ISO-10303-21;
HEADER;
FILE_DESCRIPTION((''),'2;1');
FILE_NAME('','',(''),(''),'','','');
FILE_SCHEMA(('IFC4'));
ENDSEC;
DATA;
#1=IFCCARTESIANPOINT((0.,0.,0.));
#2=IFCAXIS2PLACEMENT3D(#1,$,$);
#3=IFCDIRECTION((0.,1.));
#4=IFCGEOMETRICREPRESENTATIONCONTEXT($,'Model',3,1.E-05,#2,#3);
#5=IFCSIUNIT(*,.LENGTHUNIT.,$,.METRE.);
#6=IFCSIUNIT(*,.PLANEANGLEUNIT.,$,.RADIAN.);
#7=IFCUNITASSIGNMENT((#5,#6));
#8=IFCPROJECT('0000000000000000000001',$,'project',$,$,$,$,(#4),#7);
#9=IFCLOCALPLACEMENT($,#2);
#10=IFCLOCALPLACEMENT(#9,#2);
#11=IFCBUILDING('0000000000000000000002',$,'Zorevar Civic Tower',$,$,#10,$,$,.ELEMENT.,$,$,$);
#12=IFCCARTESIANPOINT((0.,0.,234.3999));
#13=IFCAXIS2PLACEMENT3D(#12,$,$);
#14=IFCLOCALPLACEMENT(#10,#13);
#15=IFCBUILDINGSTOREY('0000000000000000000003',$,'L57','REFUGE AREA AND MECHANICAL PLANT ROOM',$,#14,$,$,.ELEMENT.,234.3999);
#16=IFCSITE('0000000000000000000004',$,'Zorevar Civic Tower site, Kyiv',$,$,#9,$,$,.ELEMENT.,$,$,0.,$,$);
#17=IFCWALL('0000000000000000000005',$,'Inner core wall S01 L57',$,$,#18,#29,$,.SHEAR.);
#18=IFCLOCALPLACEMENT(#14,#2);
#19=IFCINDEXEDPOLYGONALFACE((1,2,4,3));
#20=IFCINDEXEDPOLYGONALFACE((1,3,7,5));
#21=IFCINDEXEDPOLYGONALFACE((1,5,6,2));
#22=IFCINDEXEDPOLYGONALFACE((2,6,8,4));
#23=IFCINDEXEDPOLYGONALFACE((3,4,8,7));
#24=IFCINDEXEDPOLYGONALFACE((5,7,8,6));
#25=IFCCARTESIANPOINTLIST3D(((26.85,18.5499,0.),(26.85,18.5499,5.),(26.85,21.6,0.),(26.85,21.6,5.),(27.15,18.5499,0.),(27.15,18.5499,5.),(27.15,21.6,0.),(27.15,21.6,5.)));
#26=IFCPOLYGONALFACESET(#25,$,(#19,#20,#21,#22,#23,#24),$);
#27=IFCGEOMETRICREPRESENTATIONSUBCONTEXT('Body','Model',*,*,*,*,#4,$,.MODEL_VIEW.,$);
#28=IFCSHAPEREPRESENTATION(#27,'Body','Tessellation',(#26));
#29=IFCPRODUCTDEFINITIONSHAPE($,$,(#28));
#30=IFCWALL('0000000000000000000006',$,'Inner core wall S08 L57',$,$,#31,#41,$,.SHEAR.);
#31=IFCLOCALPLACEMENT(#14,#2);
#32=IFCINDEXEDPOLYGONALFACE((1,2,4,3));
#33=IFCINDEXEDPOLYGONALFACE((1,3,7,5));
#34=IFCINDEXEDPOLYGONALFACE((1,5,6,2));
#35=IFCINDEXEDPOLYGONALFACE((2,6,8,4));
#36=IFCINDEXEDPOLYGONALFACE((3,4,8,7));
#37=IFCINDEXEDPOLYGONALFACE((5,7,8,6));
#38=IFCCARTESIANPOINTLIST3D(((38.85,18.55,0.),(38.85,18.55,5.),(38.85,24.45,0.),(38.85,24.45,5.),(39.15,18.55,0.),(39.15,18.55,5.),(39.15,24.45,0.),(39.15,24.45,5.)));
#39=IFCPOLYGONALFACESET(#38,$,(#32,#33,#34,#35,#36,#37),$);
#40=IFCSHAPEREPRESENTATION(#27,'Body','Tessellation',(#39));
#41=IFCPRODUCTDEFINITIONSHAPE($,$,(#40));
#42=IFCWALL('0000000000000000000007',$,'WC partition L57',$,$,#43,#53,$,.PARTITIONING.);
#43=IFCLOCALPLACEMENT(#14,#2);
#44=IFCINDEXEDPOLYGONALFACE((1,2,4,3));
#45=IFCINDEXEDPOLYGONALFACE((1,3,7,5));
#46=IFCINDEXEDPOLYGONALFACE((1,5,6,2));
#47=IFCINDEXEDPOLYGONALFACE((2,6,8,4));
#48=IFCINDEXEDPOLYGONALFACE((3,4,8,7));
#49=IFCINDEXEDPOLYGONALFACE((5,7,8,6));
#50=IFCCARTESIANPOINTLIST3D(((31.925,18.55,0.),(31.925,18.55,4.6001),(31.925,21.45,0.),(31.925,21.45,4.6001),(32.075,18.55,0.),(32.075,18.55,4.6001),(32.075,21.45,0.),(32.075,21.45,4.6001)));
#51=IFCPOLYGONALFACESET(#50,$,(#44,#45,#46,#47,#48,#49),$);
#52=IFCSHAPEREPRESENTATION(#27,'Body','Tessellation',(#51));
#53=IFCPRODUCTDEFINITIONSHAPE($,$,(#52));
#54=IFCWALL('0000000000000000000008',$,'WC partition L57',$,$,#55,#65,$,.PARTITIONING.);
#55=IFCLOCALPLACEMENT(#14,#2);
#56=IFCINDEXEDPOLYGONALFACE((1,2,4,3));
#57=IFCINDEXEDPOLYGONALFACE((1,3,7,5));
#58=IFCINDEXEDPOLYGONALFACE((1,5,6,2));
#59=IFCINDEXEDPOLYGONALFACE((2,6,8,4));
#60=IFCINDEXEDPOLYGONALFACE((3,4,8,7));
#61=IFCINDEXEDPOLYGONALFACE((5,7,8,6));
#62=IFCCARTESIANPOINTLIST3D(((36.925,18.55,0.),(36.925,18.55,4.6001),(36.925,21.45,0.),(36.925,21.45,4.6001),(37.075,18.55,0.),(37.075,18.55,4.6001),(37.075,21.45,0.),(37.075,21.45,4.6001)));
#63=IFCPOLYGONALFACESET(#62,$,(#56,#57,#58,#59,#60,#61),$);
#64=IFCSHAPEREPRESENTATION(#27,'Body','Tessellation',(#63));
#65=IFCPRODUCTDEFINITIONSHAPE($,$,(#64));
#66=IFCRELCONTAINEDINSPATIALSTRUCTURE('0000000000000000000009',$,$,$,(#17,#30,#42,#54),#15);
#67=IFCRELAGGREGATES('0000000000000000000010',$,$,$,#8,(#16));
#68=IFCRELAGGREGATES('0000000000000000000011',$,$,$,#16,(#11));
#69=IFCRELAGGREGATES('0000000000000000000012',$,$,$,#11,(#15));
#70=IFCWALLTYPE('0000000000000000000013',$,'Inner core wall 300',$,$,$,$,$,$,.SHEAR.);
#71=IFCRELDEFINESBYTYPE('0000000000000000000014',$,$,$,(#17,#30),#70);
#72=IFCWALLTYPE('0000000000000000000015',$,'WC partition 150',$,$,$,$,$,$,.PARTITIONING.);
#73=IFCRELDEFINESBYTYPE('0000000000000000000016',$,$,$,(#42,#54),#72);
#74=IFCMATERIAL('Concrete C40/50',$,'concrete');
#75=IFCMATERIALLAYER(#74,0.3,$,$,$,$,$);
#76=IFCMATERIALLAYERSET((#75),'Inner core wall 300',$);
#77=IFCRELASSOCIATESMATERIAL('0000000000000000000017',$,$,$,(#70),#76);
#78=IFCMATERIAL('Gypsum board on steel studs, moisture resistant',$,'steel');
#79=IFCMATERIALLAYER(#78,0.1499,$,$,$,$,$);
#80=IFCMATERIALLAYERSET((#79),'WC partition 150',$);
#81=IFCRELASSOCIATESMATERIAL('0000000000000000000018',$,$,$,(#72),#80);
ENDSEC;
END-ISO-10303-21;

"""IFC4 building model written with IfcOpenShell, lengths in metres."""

from ifc_helpers import new_model, si_unit, direction, frame, frame_2d, origin, place, context, subcontext, project, spatial, rectangle, extrude, material, layer, layer_set, type_object, element, save


model = new_model("IFC4")

# Units and contexts
model_context = context("Model", 3, precision=1e-05, world=origin(), true_north=direction((0.0, 1.0)))
body_context = subcontext(model_context, "Body", "Model", "MODEL_VIEW")
ifc_project = project(units=[si_unit("LENGTHUNIT", "METRE"), si_unit("PLANEANGLEUNIT", "RADIAN")], contexts=[model_context])

# Site, building, storey
site_placement = place(None, origin())
site = spatial("IfcSite", under=ifc_project, at=site_placement, Name="Zorevar Civic Tower site, Kyiv", CompositionType="ELEMENT", RefElevation=0.0)
building_placement = place(site_placement, origin())
building = spatial("IfcBuilding", under=site, at=building_placement, Name="Zorevar Civic Tower", CompositionType="ELEMENT")
storey_placement = place(building_placement, frame((0.0, 0.0, 234.3999)))
storey = spatial("IfcBuildingStorey", under=building, at=storey_placement, Name="L57", Description="REFUGE AREA AND MECHANICAL PLANT ROOM", CompositionType="ELEMENT", Elevation=234.3999)

# Walls
ifc_material_1 = material(Name="Concrete C40/50", Category="concrete")
ifc_layer_1 = layer(ifc_material_1, 0.3)
ifc_layer_set_1 = layer_set([ifc_layer_1], Name="Inner core wall 300")
wall_type_1 = type_object("IfcWallType", Name="Inner core wall 300", PredefinedType="SHEAR", material=ifc_layer_set_1)
wall_1_placement = place(storey_placement, frame((27.0, 18.55, 0.0), z_axis=(0.0, 0.0, 1.0), x_axis=(0.0, 1.0, 0.0)))
element("IfcWall", 1, at=wall_1_placement, inside=storey, type_object=wall_type_1, Name="Inner core wall S01 L57", PredefinedType="SHEAR", context=body_context, shape_type="SweptSolid", body=[
    extrude(rectangle(XDim=3.05, YDim=0.3, at=frame_2d((1.5249, 0.0))), origin(), (0.0, 0.0, 1.0), 5.0),
])
wall_2_placement = place(storey_placement, frame((39.0, 18.55, 0.0), z_axis=(0.0, 0.0, 1.0), x_axis=(0.0, 1.0, 0.0)))
element("IfcWall", 2, at=wall_2_placement, inside=storey, type_object=wall_type_1, Name="Inner core wall S08 L57", PredefinedType="SHEAR", context=body_context, shape_type="SweptSolid", body=[
    extrude(rectangle(XDim=5.8999, YDim=0.3, at=frame_2d((2.95, 0.0))), origin(), (0.0, 0.0, 1.0), 5.0),
])
ifc_material_2 = material(Name="Gypsum board on steel studs, moisture resistant", Category="steel")
ifc_layer_2 = layer(ifc_material_2, 0.1499)
ifc_layer_set_2 = layer_set([ifc_layer_2], Name="WC partition 150")
wall_type_2 = type_object("IfcWallType", Name="WC partition 150", PredefinedType="PARTITIONING", material=ifc_layer_set_2)
for number, where, z_axis, x_axis, name in (
    (3, (32.0, 18.55, 0.0), (0.0, 0.0, 1.0), (0.0, 1.0, 0.0), "WC partition L57"),
    (4, (37.0, 18.55, 0.0), (0.0, 0.0, 1.0), (0.0, 1.0, 0.0), "WC partition L57"),
):
    element("IfcWall", number, at=place(storey_placement, frame(where, z_axis=z_axis, x_axis=x_axis)), inside=storey, type_object=wall_type_2, Name=name, PredefinedType="PARTITIONING", context=body_context, shape_type="SweptSolid", body=[
        extrude(rectangle(XDim=2.8999, YDim=0.1499, at=frame_2d((1.45, 0.0))), origin(), (0.0, 0.0, 1.0), 4.6001),
    ])

save(model, "model.ifc")
